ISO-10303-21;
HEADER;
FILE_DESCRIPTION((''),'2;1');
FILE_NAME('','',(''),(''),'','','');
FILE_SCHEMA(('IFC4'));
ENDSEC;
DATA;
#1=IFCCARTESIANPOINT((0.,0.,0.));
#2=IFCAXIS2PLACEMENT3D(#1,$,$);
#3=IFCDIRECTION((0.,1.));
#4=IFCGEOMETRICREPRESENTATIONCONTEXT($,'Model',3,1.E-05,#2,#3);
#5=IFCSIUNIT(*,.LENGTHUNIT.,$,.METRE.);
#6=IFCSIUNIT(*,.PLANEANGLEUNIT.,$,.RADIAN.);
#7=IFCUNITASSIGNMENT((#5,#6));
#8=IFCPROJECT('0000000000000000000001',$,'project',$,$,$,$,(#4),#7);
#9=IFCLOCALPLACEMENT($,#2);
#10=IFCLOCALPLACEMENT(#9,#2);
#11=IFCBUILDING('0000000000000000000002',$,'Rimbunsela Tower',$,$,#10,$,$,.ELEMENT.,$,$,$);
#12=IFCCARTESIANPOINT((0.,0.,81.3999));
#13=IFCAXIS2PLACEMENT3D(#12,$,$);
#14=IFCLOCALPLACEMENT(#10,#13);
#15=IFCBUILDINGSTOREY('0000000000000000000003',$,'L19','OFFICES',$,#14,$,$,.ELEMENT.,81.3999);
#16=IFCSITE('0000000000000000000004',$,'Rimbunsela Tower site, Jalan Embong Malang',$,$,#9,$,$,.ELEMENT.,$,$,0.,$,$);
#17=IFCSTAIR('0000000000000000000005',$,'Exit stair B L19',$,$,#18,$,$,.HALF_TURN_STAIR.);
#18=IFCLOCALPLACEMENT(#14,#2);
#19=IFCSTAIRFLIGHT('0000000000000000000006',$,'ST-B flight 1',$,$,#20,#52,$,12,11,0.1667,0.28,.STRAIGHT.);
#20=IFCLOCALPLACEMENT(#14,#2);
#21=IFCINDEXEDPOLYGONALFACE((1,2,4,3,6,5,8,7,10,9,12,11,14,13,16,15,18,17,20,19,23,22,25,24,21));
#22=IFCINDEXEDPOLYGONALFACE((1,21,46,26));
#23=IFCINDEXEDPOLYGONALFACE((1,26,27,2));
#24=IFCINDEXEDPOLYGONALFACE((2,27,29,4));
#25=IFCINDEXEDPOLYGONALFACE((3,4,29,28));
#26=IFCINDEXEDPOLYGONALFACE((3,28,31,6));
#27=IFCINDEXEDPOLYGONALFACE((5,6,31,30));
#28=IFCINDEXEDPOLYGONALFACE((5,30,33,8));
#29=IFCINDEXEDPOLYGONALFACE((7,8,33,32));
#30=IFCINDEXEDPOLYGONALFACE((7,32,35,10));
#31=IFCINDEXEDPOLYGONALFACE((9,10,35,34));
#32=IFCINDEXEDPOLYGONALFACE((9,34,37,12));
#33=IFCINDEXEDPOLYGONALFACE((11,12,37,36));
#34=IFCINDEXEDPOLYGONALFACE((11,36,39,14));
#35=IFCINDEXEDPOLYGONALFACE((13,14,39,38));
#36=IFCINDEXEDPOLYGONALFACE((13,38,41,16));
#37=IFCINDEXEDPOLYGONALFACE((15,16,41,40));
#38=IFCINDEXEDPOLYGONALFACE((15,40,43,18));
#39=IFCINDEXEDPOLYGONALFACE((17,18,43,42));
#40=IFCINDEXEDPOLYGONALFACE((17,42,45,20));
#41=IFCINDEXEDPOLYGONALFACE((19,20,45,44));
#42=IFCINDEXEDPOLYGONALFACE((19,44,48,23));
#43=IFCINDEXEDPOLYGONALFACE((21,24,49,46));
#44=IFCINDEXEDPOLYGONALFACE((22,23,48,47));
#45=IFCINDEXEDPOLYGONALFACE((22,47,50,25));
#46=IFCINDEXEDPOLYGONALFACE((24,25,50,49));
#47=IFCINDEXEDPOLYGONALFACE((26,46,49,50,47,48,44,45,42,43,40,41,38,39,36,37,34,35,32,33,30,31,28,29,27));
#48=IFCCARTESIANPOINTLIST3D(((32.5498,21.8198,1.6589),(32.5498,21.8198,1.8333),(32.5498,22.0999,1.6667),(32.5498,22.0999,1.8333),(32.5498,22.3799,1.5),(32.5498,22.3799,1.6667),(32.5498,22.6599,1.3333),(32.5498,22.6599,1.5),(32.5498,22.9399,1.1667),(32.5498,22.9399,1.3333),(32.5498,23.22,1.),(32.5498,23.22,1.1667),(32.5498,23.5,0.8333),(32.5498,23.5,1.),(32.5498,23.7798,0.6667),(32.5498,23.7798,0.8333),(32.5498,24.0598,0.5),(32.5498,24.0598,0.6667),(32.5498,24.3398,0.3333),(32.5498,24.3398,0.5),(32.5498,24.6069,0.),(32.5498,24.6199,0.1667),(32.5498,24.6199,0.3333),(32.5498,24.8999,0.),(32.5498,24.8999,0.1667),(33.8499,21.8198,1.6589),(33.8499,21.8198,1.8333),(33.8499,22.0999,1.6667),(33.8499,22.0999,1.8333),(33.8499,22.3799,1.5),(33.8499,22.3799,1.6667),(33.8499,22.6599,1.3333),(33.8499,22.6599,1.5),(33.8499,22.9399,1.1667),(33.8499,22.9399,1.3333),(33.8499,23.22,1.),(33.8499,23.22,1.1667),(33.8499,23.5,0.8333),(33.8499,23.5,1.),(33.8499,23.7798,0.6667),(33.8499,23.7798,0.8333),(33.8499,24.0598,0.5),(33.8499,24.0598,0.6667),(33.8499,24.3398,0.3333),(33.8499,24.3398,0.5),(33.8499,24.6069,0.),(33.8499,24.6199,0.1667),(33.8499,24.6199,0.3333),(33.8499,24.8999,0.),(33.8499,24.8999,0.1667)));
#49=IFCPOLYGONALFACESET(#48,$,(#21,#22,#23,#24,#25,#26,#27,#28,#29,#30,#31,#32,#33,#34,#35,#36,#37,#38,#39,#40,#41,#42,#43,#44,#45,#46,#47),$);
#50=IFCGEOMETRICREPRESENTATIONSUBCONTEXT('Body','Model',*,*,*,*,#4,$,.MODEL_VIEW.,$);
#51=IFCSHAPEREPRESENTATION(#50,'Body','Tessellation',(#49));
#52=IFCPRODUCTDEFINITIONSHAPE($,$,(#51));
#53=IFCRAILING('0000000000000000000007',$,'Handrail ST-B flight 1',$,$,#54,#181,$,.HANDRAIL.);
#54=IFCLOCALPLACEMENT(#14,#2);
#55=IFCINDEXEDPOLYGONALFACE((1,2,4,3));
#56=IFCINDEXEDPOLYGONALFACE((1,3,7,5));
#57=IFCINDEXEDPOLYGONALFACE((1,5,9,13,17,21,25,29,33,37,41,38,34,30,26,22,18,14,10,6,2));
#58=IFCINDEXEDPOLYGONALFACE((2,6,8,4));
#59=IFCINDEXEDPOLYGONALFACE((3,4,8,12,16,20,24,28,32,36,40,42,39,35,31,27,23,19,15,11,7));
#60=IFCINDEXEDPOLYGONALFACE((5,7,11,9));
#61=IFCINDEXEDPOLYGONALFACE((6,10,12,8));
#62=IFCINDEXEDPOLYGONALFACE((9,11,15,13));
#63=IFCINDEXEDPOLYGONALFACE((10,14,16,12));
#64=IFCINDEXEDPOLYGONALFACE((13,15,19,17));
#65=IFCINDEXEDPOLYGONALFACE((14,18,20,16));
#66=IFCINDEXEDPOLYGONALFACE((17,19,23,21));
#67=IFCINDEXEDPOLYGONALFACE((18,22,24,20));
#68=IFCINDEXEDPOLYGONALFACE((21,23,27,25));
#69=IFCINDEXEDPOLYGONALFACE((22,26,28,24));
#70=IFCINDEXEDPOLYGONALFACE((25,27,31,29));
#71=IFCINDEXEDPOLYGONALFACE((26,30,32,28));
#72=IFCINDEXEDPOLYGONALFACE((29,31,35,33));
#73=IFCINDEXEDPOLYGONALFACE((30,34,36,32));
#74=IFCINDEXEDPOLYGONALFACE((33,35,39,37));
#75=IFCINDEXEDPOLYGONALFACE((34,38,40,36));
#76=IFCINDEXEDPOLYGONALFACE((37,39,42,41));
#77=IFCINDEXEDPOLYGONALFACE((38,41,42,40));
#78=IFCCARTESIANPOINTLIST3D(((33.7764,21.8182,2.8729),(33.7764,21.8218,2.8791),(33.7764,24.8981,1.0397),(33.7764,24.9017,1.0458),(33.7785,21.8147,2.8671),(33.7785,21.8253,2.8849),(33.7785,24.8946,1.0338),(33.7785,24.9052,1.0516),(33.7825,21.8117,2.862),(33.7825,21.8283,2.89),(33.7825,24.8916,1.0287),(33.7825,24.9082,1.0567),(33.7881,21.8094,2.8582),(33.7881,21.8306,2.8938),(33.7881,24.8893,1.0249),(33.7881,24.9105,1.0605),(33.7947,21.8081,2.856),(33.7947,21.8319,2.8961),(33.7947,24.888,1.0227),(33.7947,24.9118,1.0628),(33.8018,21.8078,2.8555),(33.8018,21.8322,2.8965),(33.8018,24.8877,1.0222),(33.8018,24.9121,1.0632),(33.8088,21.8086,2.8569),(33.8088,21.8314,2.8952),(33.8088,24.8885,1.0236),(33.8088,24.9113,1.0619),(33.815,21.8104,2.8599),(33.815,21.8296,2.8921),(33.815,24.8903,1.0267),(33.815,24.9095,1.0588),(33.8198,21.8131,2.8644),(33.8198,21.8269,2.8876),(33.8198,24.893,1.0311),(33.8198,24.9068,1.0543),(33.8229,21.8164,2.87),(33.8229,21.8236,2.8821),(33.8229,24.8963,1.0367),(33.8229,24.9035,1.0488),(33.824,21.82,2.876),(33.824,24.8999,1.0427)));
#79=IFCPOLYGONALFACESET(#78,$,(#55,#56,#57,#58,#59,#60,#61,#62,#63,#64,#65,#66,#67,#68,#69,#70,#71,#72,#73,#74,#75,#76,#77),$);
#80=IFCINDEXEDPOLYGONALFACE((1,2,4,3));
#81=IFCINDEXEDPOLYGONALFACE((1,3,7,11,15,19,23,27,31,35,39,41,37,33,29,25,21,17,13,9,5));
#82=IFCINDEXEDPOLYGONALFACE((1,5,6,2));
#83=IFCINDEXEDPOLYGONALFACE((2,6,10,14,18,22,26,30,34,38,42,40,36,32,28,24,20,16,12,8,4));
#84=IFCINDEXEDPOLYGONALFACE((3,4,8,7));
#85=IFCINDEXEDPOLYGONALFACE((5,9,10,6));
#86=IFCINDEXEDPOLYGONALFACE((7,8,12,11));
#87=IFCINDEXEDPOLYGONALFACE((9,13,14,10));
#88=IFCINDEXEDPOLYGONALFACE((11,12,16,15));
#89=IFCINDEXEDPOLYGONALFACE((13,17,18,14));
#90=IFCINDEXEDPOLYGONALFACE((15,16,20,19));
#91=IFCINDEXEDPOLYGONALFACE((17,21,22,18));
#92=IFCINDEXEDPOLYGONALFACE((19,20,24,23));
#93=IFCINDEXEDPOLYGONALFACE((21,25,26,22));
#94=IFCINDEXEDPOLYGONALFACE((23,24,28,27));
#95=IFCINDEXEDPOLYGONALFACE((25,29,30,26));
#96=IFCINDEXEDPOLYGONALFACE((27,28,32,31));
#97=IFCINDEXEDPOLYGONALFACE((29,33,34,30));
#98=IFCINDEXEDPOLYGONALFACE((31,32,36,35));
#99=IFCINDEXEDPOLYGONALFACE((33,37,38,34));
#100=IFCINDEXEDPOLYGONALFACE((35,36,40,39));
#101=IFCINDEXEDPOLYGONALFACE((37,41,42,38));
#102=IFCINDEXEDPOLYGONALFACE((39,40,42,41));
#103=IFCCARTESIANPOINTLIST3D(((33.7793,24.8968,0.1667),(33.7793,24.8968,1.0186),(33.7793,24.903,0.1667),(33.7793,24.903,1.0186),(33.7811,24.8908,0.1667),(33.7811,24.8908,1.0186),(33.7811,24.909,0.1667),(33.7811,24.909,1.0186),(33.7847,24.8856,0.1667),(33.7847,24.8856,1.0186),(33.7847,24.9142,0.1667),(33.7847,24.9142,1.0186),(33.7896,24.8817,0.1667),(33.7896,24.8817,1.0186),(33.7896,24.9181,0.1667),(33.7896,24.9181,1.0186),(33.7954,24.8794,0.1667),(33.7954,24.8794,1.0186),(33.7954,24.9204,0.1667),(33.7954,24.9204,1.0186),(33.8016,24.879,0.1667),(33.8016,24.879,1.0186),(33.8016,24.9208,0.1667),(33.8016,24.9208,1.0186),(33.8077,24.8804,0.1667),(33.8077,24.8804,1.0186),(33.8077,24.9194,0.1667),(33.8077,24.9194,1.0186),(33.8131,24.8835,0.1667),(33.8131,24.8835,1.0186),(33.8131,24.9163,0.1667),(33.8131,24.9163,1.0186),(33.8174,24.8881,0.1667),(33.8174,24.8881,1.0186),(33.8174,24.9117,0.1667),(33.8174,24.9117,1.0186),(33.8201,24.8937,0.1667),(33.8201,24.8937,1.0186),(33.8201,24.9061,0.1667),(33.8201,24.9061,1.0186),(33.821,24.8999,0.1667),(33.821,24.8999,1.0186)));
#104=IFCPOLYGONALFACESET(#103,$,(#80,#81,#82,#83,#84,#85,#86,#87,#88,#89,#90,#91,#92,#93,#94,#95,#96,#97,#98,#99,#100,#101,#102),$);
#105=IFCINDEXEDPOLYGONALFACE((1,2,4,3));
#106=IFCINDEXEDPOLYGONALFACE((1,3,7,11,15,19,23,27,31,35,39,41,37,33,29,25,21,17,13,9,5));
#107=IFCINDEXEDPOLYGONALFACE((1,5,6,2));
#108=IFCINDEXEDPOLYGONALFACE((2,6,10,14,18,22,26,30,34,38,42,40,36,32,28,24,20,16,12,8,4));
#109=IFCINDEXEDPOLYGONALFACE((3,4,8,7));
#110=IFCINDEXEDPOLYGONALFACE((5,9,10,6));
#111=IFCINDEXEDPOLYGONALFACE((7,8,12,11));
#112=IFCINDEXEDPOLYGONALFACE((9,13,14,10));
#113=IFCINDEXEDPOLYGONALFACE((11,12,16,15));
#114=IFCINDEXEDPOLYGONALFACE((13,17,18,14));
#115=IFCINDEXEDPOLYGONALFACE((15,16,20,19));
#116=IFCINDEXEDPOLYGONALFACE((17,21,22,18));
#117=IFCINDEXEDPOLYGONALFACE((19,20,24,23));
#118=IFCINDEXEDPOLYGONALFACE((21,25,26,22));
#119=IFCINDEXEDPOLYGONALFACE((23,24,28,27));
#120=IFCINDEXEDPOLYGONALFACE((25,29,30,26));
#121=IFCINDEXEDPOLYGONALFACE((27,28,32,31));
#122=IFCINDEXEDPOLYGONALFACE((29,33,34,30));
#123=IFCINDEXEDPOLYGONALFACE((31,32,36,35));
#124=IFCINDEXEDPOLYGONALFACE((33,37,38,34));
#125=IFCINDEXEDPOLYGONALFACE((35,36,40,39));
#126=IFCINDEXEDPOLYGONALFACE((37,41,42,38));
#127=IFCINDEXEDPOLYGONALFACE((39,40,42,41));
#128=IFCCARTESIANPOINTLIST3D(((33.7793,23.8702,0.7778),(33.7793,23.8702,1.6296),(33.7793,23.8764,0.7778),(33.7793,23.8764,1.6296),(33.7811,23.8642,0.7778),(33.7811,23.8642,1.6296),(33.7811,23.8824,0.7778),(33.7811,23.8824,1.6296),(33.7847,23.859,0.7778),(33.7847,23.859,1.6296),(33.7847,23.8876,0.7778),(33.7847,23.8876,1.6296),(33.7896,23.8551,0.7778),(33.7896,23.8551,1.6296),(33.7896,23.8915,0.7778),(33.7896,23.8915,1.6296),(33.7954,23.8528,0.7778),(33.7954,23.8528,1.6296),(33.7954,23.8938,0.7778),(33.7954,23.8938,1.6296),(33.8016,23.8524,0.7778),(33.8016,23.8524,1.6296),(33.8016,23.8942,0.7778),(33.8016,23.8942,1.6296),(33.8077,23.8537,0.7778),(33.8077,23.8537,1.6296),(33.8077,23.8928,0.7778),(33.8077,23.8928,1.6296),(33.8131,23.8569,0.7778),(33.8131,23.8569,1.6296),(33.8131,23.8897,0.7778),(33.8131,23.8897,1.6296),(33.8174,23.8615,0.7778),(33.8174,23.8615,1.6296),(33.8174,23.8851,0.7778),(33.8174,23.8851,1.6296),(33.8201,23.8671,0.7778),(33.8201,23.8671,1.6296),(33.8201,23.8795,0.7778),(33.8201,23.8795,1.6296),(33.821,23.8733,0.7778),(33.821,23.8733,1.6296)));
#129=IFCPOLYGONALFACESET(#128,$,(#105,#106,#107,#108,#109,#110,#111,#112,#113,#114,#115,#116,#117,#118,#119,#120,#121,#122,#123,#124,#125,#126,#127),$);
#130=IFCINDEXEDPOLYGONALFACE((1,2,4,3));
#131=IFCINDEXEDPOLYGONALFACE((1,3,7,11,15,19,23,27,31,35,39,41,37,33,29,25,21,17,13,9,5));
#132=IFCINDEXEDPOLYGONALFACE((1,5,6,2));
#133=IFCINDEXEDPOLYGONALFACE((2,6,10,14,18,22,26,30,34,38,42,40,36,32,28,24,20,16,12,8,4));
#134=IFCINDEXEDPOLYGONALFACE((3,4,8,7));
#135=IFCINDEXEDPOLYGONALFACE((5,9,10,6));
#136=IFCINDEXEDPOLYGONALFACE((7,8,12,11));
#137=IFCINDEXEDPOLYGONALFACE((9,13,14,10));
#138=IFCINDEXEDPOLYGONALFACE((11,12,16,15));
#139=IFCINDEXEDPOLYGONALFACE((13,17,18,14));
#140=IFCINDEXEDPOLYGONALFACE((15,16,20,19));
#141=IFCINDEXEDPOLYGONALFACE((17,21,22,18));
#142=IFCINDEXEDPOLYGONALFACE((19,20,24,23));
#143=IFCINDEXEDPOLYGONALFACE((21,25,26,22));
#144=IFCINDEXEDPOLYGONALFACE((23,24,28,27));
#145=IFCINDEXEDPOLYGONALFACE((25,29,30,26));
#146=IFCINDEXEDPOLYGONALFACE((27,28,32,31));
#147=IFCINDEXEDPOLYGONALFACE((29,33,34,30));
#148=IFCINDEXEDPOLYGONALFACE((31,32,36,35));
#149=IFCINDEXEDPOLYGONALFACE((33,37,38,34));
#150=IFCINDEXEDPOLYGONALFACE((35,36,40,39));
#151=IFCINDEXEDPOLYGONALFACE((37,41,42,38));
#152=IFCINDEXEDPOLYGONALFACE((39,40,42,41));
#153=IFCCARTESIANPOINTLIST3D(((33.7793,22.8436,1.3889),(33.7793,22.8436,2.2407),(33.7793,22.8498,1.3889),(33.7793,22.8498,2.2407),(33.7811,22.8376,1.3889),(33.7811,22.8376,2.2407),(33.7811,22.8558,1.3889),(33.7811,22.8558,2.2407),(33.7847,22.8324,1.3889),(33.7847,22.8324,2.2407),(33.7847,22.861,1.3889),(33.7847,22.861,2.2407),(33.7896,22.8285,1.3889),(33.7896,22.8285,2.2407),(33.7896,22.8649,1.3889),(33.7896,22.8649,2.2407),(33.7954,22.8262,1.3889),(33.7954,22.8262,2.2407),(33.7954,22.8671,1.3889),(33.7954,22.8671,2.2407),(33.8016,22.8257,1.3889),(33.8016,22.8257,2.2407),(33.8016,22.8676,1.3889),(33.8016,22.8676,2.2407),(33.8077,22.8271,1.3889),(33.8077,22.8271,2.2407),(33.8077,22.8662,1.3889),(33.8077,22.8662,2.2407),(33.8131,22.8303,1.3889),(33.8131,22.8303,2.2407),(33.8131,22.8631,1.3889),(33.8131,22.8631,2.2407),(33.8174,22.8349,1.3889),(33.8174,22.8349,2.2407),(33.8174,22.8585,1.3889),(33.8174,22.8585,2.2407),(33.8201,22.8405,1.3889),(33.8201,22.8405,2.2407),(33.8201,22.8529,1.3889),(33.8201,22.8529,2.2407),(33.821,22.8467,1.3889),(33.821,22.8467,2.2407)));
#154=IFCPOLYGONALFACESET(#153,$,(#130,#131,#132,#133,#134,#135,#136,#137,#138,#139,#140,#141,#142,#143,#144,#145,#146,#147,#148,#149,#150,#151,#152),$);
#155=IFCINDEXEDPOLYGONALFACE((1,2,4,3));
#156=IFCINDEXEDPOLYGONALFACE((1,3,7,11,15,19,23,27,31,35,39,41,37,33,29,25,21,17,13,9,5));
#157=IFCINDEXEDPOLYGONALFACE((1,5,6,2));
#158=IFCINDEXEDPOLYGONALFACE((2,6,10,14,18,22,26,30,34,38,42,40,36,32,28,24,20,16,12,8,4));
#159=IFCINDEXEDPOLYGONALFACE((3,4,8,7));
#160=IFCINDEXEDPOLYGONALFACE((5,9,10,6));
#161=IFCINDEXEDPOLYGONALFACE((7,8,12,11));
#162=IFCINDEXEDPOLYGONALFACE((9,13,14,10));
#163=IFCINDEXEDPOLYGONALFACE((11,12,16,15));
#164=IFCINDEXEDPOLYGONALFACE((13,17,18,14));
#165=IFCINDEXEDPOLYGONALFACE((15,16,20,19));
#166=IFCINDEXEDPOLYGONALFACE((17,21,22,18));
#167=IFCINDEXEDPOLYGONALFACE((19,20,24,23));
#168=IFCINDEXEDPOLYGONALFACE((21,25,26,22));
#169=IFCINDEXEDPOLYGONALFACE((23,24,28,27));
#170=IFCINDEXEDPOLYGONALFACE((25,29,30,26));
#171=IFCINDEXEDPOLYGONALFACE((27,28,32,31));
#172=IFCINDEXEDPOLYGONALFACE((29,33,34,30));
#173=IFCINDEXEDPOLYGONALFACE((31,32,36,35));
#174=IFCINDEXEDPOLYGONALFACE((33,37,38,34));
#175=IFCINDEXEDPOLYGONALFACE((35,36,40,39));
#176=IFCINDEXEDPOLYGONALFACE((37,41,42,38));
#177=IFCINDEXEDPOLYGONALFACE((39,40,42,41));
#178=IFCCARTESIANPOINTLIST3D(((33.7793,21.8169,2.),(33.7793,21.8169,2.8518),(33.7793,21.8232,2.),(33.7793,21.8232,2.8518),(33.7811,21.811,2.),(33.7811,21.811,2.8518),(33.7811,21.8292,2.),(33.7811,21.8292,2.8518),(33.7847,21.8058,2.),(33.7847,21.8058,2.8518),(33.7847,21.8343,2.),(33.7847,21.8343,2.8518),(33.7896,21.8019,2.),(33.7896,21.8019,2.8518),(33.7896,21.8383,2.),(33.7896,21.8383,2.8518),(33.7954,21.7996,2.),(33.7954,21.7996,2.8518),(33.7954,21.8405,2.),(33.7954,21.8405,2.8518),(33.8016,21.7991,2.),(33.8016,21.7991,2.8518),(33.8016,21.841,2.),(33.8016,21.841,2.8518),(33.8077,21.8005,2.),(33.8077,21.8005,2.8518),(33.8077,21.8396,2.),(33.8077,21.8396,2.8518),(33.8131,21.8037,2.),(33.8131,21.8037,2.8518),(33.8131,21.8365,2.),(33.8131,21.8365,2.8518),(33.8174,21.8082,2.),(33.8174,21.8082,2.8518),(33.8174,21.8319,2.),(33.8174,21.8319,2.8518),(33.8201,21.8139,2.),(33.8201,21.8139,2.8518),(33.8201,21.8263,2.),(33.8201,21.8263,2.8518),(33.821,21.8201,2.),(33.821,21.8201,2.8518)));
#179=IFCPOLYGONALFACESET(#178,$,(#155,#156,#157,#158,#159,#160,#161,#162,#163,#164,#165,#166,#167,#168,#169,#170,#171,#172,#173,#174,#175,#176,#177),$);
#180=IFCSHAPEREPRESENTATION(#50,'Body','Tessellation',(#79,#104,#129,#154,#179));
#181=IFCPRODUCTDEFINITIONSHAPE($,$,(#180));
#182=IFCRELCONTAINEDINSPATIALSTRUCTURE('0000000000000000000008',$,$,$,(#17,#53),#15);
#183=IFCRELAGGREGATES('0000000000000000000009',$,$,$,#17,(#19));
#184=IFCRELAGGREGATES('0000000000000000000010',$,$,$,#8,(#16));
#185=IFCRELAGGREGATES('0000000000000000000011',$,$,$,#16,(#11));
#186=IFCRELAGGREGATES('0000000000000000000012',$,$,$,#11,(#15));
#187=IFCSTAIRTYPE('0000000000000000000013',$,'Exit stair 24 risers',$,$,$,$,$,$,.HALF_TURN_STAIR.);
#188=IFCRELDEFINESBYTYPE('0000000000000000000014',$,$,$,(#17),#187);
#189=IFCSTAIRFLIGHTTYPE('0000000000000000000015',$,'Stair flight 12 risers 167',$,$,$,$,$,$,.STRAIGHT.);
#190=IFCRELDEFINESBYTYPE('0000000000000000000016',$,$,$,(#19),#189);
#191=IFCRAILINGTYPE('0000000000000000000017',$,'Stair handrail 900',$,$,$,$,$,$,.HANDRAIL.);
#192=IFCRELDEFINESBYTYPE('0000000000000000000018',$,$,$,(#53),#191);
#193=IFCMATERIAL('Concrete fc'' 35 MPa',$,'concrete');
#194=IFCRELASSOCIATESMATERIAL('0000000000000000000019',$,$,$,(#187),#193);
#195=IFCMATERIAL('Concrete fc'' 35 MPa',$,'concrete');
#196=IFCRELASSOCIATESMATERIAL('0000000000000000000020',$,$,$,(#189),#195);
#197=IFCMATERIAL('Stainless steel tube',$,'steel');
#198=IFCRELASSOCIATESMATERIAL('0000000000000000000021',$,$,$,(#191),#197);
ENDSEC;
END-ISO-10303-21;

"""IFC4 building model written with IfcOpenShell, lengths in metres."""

from ifc_helpers import new_model, si_unit, direction, frame, origin, origin_2d, place, context, subcontext, project, spatial, polyline, circle, outline, extrude, material, type_object, element, aggregate, save


model = new_model("IFC4")

# Units and contexts
model_context = context("Model", 3, precision=1e-05, world=origin(), true_north=direction((0.0, 1.0)))
body_context = subcontext(model_context, "Body", "Model", "MODEL_VIEW")
ifc_project = project(units=[si_unit("LENGTHUNIT", "METRE"), si_unit("PLANEANGLEUNIT", "RADIAN")], contexts=[model_context])

# Site, building, storey
site_placement = place(None, origin())
site = spatial("IfcSite", under=ifc_project, at=site_placement, Name="Rimbunsela Tower site, Jalan Embong Malang", CompositionType="ELEMENT", RefElevation=0.0)
building_placement = place(site_placement, origin())
building = spatial("IfcBuilding", under=site, at=building_placement, Name="Rimbunsela Tower", CompositionType="ELEMENT")
storey_placement = place(building_placement, frame((0.0, 0.0, 81.3999)))
storey = spatial("IfcBuildingStorey", under=building, at=storey_placement, Name="L19", Description="OFFICES", CompositionType="ELEMENT", Elevation=81.3999)

# Stair, stair flight
ifc_material_1 = material(Name="Concrete fc' 35 MPa", Category="concrete")
stair_type = type_object("IfcStairType", Name="Exit stair 24 risers", PredefinedType="HALF_TURN_STAIR", material=ifc_material_1)
stair_placement = place(storey_placement, origin())
stair = element("IfcStair", 1, at=stair_placement, inside=storey, type_object=stair_type, Name="Exit stair B L19", PredefinedType="HALF_TURN_STAIR")
ifc_material_2 = material(Name="Concrete fc' 35 MPa", Category="concrete")
stair_flight_type = type_object("IfcStairFlightType", Name="Stair flight 12 risers 167", PredefinedType="STRAIGHT", material=ifc_material_2)
stair_flight_placement = place(storey_placement, frame((33.2, 24.8999, 0.0), z_axis=(0.0, 0.0, 1.0), x_axis=(0.0, -1.0, 0.0)))
stair_flight = element("IfcStairFlight", 2, at=stair_flight_placement, type_object=stair_flight_type, Name="ST-B flight 1", NumberOfRisers=12, NumberOfTreads=11, PredefinedType="STRAIGHT", RiserHeight=0.1667, TreadLength=0.28, context=body_context, shape_type="SweptSolid", body=[
    extrude(outline(polyline([(0.0, 0.0), (0.0, 0.1667), (0.28, 0.1667), (0.28, 0.3333), (0.5601, 0.3333), (0.5601, 0.5), (0.8401, 0.5), (0.8401, 0.6667), (1.1201, 0.6667), (1.1201, 0.8333), (1.3999, 0.8333), (1.3999, 1.0), (1.6799, 1.0), (1.6799, 1.1667), (1.96, 1.1667), (1.96, 1.3333), (2.24, 1.3333), (2.24, 1.5), (2.52, 1.5), (2.52, 1.6667), (2.8, 1.6667), (2.8, 1.8333), (3.0801, 1.8333), (3.0801, 2.0), (3.0801, 1.6589), (0.293, 0.0), (0.0, 0.0)])), frame((0.0, 0.6499, 0.0), z_axis=(0.0, -1.0, 0.0), x_axis=(1.0, 0.0, 0.0)), (0.0, 0.0, 1.0), 1.3),
])
aggregate(stair, [stair_flight])

# Railing
ifc_material_3 = material(Name="Stainless steel tube", Category="steel")
railing_type = type_object("IfcRailingType", Name="Stair handrail 900", PredefinedType="HANDRAIL", material=ifc_material_3)
railing_placement = place(storey_placement, frame((33.8, 24.8999, 0.1667)))
element("IfcRailing", 3, at=railing_placement, inside=storey, type_object=railing_type, Name="Handrail ST-B flight 1", PredefinedType="HANDRAIL", context=body_context, shape_type="SweptSolid", body=[
    extrude(circle(Radius=0.0239, at=origin_2d()), frame((0.0, 0.0, 0.876), z_axis=(0.0, -0.859291, 0.511487), x_axis=(1.0, 0.0, 0.0)), (0.0, 0.0, 1.0), 3.5842),
    extrude(circle(Radius=0.021, at=origin_2d()), origin(), (0.0, 0.0, 1.0), 0.8518),
    extrude(circle(Radius=0.021, at=origin_2d()), frame((0.0, -1.0266, 0.6111)), (0.0, 0.0, 1.0), 0.8518),
    extrude(circle(Radius=0.021, at=origin_2d()), frame((0.0, -2.0532, 1.2222)), (0.0, 0.0, 1.0), 0.8518),
    extrude(circle(Radius=0.021, at=origin_2d()), frame((0.0, -3.0798, 1.8333)), (0.0, 0.0, 1.0), 0.8518),
])

save(model, "model.ifc")
